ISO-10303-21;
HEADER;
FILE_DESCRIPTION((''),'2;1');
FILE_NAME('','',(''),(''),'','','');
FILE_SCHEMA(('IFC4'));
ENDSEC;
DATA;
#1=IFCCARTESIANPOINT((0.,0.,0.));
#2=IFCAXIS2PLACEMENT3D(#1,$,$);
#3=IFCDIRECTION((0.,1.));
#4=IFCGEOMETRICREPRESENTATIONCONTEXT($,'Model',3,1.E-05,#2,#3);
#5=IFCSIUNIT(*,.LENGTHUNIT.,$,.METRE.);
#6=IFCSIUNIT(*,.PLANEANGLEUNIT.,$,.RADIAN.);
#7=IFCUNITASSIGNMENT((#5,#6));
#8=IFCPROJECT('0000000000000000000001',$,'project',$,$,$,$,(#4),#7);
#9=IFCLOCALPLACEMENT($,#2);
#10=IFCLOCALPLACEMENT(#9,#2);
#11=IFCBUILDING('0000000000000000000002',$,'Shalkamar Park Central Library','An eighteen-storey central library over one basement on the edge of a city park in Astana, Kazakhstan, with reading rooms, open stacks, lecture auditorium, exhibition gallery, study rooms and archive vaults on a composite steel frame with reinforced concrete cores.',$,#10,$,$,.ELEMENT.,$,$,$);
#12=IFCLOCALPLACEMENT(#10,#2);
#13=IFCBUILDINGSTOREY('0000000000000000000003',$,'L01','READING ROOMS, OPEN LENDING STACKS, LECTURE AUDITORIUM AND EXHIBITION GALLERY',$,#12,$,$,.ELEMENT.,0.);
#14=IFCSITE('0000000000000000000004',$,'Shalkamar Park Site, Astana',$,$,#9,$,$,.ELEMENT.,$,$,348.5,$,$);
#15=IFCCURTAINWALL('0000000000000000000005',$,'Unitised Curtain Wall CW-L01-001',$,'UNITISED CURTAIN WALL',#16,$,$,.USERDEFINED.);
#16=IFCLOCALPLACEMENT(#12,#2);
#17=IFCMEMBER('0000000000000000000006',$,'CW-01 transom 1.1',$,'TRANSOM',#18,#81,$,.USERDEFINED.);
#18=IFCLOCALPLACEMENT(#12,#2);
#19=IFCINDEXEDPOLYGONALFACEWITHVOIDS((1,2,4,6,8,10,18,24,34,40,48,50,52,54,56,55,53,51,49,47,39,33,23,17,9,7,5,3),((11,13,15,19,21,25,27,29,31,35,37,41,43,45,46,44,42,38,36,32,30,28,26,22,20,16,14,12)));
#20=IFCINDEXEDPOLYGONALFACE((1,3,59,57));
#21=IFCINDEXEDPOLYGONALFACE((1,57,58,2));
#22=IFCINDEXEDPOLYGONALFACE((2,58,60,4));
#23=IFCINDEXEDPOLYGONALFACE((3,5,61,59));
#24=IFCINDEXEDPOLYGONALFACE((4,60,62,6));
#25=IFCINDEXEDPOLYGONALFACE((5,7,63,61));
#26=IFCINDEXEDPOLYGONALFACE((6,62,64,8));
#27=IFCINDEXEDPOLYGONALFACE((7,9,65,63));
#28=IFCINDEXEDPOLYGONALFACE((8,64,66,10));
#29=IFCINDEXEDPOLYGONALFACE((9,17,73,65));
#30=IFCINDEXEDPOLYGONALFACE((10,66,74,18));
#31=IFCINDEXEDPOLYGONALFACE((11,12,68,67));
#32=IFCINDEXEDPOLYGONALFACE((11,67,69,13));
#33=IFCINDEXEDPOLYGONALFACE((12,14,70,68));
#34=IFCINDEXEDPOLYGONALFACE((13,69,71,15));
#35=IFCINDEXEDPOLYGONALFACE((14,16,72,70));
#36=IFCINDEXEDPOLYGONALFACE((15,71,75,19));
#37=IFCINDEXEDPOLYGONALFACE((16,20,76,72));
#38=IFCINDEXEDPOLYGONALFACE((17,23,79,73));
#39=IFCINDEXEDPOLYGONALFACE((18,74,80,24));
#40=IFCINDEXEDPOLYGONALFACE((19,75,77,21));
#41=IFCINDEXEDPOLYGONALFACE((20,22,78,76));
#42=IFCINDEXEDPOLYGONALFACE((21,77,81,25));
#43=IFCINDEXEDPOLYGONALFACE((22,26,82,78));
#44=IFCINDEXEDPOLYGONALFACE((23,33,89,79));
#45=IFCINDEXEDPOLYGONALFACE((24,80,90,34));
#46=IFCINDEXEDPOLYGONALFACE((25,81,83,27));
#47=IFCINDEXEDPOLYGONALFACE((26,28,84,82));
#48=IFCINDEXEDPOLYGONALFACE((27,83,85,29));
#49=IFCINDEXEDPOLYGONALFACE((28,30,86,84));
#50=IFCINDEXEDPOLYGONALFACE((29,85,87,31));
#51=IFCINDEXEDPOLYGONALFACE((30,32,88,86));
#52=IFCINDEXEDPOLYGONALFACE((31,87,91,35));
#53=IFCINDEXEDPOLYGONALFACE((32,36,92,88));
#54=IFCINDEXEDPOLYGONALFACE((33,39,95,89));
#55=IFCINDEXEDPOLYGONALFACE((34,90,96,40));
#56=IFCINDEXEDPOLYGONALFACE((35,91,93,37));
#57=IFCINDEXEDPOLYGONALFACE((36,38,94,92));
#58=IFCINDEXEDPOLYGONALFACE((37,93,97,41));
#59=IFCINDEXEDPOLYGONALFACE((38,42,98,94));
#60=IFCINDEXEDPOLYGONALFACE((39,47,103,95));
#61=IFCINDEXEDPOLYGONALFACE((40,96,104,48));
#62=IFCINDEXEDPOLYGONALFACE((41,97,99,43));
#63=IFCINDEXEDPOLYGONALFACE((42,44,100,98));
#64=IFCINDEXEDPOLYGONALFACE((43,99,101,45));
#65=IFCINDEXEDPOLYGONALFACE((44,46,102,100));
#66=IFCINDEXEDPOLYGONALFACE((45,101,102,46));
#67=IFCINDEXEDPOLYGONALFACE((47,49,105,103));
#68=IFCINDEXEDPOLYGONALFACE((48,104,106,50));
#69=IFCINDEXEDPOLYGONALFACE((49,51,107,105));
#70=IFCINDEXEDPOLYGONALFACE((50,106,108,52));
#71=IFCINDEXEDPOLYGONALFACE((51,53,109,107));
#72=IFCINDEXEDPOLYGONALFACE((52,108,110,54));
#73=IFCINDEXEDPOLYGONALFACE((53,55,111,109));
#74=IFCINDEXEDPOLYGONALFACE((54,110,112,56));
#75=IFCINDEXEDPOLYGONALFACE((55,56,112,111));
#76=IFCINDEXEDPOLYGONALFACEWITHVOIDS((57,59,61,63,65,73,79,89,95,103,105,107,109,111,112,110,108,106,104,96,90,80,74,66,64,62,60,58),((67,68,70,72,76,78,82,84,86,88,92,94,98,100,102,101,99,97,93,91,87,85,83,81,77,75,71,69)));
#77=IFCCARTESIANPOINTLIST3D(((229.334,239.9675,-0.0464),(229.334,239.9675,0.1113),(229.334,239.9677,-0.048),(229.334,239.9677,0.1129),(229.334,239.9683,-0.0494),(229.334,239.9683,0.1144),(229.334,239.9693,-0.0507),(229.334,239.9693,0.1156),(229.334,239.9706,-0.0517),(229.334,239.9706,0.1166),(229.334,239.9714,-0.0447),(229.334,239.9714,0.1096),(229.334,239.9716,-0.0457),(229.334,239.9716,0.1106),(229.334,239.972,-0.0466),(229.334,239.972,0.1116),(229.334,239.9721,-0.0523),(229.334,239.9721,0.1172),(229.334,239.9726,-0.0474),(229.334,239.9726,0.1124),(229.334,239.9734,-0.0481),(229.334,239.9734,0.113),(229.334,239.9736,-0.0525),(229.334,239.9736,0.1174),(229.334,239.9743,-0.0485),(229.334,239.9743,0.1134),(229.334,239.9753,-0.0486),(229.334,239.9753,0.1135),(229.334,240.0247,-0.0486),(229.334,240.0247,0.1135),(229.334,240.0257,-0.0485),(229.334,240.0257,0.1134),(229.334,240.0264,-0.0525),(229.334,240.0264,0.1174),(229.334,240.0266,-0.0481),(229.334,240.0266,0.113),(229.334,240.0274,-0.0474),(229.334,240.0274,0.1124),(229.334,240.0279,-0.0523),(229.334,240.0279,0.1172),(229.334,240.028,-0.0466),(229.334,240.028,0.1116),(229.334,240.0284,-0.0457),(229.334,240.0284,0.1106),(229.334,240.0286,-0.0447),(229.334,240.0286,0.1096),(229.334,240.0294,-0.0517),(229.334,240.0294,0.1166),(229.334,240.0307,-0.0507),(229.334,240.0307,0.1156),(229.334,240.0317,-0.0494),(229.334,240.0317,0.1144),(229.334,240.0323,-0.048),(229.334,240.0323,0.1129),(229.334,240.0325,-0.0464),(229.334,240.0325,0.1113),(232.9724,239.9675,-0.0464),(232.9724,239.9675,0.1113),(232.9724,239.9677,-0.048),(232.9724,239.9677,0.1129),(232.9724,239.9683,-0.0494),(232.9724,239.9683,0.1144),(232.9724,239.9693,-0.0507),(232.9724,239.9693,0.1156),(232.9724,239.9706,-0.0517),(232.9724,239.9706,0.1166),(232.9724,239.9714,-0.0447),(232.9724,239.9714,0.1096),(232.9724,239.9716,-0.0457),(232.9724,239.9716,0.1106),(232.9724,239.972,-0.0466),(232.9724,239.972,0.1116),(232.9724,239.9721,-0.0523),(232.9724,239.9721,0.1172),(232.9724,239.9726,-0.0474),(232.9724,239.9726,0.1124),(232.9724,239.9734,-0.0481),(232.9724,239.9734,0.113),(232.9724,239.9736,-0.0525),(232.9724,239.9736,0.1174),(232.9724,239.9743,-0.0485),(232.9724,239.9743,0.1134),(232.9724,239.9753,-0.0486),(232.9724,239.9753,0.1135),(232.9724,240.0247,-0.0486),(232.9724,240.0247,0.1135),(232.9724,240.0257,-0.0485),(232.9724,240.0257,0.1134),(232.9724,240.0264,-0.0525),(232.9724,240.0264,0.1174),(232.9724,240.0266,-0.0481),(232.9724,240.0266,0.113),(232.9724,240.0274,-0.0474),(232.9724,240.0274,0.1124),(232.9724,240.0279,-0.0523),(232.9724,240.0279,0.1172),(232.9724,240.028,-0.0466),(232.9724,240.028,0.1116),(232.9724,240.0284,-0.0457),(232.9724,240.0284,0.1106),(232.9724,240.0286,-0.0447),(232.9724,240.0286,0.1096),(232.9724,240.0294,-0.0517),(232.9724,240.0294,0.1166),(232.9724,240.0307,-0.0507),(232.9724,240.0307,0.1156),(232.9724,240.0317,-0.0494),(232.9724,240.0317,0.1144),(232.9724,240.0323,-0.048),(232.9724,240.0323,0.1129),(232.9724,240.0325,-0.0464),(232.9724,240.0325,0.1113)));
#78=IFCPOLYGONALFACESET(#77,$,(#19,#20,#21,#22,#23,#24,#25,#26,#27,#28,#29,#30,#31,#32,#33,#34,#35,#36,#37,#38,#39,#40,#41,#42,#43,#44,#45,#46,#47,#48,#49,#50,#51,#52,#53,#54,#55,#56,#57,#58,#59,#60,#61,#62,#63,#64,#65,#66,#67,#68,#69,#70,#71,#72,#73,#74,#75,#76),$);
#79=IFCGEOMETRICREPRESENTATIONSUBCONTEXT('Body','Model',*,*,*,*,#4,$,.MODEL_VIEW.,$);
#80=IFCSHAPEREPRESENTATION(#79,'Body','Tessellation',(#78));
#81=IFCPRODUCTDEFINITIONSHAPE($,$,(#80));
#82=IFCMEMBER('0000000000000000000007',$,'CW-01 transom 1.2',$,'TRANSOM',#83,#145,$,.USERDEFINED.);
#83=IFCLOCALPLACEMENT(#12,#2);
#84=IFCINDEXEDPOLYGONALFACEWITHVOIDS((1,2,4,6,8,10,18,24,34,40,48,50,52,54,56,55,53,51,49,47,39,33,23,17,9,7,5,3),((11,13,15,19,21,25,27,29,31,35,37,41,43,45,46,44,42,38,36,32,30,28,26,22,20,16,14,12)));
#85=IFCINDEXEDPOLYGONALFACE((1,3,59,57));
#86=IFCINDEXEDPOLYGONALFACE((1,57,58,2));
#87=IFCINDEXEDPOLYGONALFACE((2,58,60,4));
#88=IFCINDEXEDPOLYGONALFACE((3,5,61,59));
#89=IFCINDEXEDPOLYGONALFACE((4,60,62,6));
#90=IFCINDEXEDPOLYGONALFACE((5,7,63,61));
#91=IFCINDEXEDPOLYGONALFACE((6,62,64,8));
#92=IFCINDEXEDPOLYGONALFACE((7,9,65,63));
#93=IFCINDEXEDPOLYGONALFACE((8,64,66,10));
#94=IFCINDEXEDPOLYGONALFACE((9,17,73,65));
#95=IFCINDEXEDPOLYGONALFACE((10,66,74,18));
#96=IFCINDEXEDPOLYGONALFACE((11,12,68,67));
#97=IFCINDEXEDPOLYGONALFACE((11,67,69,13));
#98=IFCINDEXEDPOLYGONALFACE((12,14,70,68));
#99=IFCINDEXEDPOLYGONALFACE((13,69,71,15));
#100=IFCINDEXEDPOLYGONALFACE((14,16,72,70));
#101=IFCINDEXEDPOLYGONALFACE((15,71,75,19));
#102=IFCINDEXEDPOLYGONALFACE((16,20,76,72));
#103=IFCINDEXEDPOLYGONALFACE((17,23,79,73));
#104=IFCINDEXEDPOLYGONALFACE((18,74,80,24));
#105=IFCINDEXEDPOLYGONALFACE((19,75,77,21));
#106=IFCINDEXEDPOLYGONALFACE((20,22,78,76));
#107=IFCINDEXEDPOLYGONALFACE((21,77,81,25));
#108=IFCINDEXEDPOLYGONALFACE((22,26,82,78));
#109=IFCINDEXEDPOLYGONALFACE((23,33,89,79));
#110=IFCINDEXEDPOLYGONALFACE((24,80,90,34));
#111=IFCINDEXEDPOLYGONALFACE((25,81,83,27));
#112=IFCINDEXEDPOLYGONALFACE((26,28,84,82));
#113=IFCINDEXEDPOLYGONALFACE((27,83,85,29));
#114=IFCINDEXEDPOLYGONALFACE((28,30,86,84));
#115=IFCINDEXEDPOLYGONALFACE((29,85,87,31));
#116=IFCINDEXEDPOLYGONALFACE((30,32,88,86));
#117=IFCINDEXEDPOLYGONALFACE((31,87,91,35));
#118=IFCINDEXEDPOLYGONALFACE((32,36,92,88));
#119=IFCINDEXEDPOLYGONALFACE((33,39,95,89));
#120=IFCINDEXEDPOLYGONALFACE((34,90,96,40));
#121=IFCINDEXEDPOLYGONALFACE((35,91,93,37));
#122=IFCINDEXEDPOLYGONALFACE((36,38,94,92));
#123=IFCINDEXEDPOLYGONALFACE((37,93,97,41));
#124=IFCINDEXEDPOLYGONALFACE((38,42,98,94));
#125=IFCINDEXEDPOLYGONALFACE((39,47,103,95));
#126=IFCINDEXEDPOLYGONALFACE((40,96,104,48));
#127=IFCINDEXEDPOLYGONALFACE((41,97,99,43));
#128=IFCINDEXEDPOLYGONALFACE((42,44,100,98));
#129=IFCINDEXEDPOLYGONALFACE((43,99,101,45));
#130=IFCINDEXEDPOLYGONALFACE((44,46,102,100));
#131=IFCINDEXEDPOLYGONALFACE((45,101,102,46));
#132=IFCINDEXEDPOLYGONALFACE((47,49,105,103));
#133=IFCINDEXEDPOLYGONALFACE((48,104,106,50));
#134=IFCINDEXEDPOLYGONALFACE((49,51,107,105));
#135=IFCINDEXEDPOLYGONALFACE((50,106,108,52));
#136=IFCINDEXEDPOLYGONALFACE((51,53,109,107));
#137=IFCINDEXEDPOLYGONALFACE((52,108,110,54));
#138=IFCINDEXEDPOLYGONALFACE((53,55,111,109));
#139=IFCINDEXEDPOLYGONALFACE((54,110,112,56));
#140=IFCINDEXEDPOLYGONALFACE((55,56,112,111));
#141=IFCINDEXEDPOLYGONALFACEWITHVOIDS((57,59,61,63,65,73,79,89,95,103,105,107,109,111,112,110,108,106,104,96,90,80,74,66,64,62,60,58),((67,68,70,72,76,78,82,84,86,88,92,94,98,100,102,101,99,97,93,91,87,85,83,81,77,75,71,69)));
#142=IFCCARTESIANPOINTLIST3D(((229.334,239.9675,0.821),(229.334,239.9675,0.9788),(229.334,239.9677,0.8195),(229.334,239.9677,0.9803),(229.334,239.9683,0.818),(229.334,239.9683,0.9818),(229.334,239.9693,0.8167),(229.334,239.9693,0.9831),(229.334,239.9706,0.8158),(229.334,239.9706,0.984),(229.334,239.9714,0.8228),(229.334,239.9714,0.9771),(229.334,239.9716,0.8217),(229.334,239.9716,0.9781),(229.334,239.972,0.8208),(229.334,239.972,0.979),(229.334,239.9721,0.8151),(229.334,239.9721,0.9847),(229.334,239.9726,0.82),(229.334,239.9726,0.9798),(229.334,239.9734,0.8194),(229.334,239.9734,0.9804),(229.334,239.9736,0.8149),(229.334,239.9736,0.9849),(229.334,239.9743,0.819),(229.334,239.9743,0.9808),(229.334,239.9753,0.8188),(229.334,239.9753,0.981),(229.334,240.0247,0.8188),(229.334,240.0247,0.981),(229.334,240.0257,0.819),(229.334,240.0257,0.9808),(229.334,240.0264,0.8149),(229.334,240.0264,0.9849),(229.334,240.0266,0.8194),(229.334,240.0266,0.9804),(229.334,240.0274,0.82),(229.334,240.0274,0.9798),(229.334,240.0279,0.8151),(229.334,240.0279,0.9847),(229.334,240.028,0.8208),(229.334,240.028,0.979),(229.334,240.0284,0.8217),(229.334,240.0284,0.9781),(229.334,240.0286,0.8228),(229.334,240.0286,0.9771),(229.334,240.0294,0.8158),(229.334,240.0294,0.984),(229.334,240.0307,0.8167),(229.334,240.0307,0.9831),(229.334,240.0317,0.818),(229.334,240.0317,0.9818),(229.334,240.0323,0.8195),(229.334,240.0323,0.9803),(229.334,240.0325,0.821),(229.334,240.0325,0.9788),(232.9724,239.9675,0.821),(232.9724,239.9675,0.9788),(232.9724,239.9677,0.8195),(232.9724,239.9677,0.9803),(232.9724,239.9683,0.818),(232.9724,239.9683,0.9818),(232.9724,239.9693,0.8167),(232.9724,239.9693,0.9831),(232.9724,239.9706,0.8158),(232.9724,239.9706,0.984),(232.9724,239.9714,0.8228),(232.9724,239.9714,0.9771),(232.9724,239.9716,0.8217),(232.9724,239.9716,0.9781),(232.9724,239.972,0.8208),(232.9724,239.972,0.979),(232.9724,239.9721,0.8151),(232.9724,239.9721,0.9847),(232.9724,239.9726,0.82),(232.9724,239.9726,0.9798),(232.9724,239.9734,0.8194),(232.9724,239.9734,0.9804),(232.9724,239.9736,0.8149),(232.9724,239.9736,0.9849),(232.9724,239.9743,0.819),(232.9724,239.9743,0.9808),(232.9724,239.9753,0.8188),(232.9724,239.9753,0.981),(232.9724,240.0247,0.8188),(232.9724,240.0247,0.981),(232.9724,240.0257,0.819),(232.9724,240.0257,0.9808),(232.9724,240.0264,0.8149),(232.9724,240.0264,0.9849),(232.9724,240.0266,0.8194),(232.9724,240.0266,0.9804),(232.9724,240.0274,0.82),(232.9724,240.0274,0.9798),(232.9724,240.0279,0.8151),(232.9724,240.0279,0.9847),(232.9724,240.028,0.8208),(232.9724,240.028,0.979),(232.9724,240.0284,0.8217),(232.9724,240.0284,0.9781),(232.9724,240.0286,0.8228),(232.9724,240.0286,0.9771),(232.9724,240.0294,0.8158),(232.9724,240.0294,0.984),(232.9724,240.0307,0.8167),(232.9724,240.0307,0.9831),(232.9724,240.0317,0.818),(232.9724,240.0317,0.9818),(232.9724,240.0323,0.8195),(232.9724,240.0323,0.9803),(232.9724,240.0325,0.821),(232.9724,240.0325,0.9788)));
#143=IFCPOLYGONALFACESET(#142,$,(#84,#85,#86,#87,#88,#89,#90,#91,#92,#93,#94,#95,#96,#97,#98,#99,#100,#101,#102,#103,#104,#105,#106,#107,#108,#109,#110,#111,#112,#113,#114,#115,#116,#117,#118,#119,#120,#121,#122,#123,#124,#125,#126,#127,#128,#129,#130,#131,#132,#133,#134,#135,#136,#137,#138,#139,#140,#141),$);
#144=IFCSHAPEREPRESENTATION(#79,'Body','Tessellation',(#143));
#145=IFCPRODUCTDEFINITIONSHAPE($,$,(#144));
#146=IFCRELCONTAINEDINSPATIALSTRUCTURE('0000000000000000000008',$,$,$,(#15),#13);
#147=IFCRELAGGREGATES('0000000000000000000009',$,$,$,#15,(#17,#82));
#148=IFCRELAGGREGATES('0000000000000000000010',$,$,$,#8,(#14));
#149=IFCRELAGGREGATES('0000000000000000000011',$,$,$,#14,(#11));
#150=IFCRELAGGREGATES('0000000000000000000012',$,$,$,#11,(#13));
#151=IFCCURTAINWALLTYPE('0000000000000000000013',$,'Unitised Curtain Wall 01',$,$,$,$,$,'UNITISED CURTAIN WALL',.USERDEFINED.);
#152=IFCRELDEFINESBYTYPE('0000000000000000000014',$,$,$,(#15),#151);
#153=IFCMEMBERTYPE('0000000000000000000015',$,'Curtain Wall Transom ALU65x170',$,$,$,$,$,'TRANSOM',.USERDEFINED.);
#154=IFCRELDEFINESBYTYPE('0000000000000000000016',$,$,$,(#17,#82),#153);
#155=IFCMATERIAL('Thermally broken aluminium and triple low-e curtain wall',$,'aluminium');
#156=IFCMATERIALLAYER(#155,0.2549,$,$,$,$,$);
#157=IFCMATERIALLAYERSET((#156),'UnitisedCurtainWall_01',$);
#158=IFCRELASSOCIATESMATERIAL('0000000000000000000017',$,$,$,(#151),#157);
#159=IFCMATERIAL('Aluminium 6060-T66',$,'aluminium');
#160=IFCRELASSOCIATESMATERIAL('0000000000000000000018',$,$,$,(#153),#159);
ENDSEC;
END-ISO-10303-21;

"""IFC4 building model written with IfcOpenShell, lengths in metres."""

from ifc_helpers import new_model, si_unit, direction, frame, origin, origin_2d, place, context, subcontext, project, spatial, hollow_rectangle, extrude, material, layer, layer_set, material_profile, profile_set, type_object, element, aggregate, save


model = new_model("IFC4")

# Units and contexts
model_context = context("Model", 3, precision=1e-05, world=origin(), true_north=direction((0.0, 1.0)))
body_context = subcontext(model_context, "Body", "Model", "MODEL_VIEW")
ifc_project = project(units=[si_unit("LENGTHUNIT", "METRE"), si_unit("PLANEANGLEUNIT", "RADIAN")], contexts=[model_context])

# Site, building, storey
site_placement = place(None, origin())
site = spatial("IfcSite", under=ifc_project, at=site_placement, Name="Shalkamar Park Site, Astana", CompositionType="ELEMENT", RefElevation=348.5)
building_placement = place(site_placement, origin())
building = spatial("IfcBuilding", under=site, at=building_placement, Name="Shalkamar Park Central Library", Description="An eighteen-storey central library over one basement on the edge of a city park in Astana, Kazakhstan, with reading rooms, open stacks, lecture auditorium, exhibition gallery, study rooms and archive vaults on a composite steel frame with reinforced concrete cores.", CompositionType="ELEMENT")
storey_placement = place(building_placement, origin())
storey = spatial("IfcBuildingStorey", under=building, at=storey_placement, Name="L01", Description="READING ROOMS, OPEN LENDING STACKS, LECTURE AUDITORIUM AND EXHIBITION GALLERY", CompositionType="ELEMENT", Elevation=0.0)

# Curtain wall, members
ifc_material_1 = material(Name="Thermally broken aluminium and triple low-e curtain wall", Category="aluminium")
ifc_layer_1 = layer(ifc_material_1, 0.2549)
ifc_layer_set_1 = layer_set([ifc_layer_1], Name="UnitisedCurtainWall_01")
curtain_wall_type = type_object("IfcCurtainWallType", Name="Unitised Curtain Wall 01", ElementType="UNITISED CURTAIN WALL", PredefinedType="USERDEFINED", material=ifc_layer_set_1)
curtain_wall_placement = place(storey_placement, origin())
curtain_wall = element("IfcCurtainWall", 1, at=curtain_wall_placement, inside=storey, type_object=curtain_wall_type, Name="Unitised Curtain Wall CW-L01-001", ObjectType="UNITISED CURTAIN WALL", PredefinedType="USERDEFINED")
ifc_material_2 = material(Name="Aluminium 6060-T66", Category="aluminium")
ifc_material_profile_1 = material_profile(ifc_material_2, hollow_rectangle(XDim=0.0649, YDim=0.1699, WallThickness=0.0039, InnerFilletRadius=0.0039, OuterFilletRadius=0.0061, at=origin_2d()), Name="ALU 65x170x4")
ifc_profile_set_1 = profile_set([ifc_material_profile_1], Name="Aluminium 6060-T66")
member_type_1 = type_object("IfcMemberType", Name="Curtain Wall Transom ALU65x170", ElementType="TRANSOM", PredefinedType="USERDEFINED", material=ifc_profile_set_1)
member_1_placement = place(storey_placement, frame((229.334, 240.0, 0.0325), z_axis=(1.0, 0.0, 0.0), x_axis=(0.0, 1.0, 0.0)))
member_1 = element("IfcMember", 2, at=member_1_placement, type_object=member_type_1, Name="CW-01 transom 1.1", ObjectType="TRANSOM", PredefinedType="USERDEFINED", context=body_context, shape_type="SweptSolid", body=[
    extrude(hollow_rectangle(XDim=0.0649, YDim=0.1699, WallThickness=0.0039, InnerFilletRadius=0.0039, OuterFilletRadius=0.0061, at=origin_2d()), origin(), (0.0, 0.0, 1.0), 3.6384),
])
member_2_placement = place(storey_placement, frame((229.334, 240.0, 0.8999), z_axis=(1.0, 0.0, 0.0), x_axis=(0.0, 1.0, 0.0)))
member_2 = element("IfcMember", 3, at=member_2_placement, type_object=member_type_1, Name="CW-01 transom 1.2", ObjectType="TRANSOM", PredefinedType="USERDEFINED", context=body_context, shape_type="SweptSolid", body=[
    extrude(hollow_rectangle(XDim=0.0649, YDim=0.1699, WallThickness=0.0039, InnerFilletRadius=0.0039, OuterFilletRadius=0.0061, at=origin_2d()), origin(), (0.0, 0.0, 1.0), 3.6384),
])

aggregate(curtain_wall, [member_1, member_2])

save(model, "model.ifc")
